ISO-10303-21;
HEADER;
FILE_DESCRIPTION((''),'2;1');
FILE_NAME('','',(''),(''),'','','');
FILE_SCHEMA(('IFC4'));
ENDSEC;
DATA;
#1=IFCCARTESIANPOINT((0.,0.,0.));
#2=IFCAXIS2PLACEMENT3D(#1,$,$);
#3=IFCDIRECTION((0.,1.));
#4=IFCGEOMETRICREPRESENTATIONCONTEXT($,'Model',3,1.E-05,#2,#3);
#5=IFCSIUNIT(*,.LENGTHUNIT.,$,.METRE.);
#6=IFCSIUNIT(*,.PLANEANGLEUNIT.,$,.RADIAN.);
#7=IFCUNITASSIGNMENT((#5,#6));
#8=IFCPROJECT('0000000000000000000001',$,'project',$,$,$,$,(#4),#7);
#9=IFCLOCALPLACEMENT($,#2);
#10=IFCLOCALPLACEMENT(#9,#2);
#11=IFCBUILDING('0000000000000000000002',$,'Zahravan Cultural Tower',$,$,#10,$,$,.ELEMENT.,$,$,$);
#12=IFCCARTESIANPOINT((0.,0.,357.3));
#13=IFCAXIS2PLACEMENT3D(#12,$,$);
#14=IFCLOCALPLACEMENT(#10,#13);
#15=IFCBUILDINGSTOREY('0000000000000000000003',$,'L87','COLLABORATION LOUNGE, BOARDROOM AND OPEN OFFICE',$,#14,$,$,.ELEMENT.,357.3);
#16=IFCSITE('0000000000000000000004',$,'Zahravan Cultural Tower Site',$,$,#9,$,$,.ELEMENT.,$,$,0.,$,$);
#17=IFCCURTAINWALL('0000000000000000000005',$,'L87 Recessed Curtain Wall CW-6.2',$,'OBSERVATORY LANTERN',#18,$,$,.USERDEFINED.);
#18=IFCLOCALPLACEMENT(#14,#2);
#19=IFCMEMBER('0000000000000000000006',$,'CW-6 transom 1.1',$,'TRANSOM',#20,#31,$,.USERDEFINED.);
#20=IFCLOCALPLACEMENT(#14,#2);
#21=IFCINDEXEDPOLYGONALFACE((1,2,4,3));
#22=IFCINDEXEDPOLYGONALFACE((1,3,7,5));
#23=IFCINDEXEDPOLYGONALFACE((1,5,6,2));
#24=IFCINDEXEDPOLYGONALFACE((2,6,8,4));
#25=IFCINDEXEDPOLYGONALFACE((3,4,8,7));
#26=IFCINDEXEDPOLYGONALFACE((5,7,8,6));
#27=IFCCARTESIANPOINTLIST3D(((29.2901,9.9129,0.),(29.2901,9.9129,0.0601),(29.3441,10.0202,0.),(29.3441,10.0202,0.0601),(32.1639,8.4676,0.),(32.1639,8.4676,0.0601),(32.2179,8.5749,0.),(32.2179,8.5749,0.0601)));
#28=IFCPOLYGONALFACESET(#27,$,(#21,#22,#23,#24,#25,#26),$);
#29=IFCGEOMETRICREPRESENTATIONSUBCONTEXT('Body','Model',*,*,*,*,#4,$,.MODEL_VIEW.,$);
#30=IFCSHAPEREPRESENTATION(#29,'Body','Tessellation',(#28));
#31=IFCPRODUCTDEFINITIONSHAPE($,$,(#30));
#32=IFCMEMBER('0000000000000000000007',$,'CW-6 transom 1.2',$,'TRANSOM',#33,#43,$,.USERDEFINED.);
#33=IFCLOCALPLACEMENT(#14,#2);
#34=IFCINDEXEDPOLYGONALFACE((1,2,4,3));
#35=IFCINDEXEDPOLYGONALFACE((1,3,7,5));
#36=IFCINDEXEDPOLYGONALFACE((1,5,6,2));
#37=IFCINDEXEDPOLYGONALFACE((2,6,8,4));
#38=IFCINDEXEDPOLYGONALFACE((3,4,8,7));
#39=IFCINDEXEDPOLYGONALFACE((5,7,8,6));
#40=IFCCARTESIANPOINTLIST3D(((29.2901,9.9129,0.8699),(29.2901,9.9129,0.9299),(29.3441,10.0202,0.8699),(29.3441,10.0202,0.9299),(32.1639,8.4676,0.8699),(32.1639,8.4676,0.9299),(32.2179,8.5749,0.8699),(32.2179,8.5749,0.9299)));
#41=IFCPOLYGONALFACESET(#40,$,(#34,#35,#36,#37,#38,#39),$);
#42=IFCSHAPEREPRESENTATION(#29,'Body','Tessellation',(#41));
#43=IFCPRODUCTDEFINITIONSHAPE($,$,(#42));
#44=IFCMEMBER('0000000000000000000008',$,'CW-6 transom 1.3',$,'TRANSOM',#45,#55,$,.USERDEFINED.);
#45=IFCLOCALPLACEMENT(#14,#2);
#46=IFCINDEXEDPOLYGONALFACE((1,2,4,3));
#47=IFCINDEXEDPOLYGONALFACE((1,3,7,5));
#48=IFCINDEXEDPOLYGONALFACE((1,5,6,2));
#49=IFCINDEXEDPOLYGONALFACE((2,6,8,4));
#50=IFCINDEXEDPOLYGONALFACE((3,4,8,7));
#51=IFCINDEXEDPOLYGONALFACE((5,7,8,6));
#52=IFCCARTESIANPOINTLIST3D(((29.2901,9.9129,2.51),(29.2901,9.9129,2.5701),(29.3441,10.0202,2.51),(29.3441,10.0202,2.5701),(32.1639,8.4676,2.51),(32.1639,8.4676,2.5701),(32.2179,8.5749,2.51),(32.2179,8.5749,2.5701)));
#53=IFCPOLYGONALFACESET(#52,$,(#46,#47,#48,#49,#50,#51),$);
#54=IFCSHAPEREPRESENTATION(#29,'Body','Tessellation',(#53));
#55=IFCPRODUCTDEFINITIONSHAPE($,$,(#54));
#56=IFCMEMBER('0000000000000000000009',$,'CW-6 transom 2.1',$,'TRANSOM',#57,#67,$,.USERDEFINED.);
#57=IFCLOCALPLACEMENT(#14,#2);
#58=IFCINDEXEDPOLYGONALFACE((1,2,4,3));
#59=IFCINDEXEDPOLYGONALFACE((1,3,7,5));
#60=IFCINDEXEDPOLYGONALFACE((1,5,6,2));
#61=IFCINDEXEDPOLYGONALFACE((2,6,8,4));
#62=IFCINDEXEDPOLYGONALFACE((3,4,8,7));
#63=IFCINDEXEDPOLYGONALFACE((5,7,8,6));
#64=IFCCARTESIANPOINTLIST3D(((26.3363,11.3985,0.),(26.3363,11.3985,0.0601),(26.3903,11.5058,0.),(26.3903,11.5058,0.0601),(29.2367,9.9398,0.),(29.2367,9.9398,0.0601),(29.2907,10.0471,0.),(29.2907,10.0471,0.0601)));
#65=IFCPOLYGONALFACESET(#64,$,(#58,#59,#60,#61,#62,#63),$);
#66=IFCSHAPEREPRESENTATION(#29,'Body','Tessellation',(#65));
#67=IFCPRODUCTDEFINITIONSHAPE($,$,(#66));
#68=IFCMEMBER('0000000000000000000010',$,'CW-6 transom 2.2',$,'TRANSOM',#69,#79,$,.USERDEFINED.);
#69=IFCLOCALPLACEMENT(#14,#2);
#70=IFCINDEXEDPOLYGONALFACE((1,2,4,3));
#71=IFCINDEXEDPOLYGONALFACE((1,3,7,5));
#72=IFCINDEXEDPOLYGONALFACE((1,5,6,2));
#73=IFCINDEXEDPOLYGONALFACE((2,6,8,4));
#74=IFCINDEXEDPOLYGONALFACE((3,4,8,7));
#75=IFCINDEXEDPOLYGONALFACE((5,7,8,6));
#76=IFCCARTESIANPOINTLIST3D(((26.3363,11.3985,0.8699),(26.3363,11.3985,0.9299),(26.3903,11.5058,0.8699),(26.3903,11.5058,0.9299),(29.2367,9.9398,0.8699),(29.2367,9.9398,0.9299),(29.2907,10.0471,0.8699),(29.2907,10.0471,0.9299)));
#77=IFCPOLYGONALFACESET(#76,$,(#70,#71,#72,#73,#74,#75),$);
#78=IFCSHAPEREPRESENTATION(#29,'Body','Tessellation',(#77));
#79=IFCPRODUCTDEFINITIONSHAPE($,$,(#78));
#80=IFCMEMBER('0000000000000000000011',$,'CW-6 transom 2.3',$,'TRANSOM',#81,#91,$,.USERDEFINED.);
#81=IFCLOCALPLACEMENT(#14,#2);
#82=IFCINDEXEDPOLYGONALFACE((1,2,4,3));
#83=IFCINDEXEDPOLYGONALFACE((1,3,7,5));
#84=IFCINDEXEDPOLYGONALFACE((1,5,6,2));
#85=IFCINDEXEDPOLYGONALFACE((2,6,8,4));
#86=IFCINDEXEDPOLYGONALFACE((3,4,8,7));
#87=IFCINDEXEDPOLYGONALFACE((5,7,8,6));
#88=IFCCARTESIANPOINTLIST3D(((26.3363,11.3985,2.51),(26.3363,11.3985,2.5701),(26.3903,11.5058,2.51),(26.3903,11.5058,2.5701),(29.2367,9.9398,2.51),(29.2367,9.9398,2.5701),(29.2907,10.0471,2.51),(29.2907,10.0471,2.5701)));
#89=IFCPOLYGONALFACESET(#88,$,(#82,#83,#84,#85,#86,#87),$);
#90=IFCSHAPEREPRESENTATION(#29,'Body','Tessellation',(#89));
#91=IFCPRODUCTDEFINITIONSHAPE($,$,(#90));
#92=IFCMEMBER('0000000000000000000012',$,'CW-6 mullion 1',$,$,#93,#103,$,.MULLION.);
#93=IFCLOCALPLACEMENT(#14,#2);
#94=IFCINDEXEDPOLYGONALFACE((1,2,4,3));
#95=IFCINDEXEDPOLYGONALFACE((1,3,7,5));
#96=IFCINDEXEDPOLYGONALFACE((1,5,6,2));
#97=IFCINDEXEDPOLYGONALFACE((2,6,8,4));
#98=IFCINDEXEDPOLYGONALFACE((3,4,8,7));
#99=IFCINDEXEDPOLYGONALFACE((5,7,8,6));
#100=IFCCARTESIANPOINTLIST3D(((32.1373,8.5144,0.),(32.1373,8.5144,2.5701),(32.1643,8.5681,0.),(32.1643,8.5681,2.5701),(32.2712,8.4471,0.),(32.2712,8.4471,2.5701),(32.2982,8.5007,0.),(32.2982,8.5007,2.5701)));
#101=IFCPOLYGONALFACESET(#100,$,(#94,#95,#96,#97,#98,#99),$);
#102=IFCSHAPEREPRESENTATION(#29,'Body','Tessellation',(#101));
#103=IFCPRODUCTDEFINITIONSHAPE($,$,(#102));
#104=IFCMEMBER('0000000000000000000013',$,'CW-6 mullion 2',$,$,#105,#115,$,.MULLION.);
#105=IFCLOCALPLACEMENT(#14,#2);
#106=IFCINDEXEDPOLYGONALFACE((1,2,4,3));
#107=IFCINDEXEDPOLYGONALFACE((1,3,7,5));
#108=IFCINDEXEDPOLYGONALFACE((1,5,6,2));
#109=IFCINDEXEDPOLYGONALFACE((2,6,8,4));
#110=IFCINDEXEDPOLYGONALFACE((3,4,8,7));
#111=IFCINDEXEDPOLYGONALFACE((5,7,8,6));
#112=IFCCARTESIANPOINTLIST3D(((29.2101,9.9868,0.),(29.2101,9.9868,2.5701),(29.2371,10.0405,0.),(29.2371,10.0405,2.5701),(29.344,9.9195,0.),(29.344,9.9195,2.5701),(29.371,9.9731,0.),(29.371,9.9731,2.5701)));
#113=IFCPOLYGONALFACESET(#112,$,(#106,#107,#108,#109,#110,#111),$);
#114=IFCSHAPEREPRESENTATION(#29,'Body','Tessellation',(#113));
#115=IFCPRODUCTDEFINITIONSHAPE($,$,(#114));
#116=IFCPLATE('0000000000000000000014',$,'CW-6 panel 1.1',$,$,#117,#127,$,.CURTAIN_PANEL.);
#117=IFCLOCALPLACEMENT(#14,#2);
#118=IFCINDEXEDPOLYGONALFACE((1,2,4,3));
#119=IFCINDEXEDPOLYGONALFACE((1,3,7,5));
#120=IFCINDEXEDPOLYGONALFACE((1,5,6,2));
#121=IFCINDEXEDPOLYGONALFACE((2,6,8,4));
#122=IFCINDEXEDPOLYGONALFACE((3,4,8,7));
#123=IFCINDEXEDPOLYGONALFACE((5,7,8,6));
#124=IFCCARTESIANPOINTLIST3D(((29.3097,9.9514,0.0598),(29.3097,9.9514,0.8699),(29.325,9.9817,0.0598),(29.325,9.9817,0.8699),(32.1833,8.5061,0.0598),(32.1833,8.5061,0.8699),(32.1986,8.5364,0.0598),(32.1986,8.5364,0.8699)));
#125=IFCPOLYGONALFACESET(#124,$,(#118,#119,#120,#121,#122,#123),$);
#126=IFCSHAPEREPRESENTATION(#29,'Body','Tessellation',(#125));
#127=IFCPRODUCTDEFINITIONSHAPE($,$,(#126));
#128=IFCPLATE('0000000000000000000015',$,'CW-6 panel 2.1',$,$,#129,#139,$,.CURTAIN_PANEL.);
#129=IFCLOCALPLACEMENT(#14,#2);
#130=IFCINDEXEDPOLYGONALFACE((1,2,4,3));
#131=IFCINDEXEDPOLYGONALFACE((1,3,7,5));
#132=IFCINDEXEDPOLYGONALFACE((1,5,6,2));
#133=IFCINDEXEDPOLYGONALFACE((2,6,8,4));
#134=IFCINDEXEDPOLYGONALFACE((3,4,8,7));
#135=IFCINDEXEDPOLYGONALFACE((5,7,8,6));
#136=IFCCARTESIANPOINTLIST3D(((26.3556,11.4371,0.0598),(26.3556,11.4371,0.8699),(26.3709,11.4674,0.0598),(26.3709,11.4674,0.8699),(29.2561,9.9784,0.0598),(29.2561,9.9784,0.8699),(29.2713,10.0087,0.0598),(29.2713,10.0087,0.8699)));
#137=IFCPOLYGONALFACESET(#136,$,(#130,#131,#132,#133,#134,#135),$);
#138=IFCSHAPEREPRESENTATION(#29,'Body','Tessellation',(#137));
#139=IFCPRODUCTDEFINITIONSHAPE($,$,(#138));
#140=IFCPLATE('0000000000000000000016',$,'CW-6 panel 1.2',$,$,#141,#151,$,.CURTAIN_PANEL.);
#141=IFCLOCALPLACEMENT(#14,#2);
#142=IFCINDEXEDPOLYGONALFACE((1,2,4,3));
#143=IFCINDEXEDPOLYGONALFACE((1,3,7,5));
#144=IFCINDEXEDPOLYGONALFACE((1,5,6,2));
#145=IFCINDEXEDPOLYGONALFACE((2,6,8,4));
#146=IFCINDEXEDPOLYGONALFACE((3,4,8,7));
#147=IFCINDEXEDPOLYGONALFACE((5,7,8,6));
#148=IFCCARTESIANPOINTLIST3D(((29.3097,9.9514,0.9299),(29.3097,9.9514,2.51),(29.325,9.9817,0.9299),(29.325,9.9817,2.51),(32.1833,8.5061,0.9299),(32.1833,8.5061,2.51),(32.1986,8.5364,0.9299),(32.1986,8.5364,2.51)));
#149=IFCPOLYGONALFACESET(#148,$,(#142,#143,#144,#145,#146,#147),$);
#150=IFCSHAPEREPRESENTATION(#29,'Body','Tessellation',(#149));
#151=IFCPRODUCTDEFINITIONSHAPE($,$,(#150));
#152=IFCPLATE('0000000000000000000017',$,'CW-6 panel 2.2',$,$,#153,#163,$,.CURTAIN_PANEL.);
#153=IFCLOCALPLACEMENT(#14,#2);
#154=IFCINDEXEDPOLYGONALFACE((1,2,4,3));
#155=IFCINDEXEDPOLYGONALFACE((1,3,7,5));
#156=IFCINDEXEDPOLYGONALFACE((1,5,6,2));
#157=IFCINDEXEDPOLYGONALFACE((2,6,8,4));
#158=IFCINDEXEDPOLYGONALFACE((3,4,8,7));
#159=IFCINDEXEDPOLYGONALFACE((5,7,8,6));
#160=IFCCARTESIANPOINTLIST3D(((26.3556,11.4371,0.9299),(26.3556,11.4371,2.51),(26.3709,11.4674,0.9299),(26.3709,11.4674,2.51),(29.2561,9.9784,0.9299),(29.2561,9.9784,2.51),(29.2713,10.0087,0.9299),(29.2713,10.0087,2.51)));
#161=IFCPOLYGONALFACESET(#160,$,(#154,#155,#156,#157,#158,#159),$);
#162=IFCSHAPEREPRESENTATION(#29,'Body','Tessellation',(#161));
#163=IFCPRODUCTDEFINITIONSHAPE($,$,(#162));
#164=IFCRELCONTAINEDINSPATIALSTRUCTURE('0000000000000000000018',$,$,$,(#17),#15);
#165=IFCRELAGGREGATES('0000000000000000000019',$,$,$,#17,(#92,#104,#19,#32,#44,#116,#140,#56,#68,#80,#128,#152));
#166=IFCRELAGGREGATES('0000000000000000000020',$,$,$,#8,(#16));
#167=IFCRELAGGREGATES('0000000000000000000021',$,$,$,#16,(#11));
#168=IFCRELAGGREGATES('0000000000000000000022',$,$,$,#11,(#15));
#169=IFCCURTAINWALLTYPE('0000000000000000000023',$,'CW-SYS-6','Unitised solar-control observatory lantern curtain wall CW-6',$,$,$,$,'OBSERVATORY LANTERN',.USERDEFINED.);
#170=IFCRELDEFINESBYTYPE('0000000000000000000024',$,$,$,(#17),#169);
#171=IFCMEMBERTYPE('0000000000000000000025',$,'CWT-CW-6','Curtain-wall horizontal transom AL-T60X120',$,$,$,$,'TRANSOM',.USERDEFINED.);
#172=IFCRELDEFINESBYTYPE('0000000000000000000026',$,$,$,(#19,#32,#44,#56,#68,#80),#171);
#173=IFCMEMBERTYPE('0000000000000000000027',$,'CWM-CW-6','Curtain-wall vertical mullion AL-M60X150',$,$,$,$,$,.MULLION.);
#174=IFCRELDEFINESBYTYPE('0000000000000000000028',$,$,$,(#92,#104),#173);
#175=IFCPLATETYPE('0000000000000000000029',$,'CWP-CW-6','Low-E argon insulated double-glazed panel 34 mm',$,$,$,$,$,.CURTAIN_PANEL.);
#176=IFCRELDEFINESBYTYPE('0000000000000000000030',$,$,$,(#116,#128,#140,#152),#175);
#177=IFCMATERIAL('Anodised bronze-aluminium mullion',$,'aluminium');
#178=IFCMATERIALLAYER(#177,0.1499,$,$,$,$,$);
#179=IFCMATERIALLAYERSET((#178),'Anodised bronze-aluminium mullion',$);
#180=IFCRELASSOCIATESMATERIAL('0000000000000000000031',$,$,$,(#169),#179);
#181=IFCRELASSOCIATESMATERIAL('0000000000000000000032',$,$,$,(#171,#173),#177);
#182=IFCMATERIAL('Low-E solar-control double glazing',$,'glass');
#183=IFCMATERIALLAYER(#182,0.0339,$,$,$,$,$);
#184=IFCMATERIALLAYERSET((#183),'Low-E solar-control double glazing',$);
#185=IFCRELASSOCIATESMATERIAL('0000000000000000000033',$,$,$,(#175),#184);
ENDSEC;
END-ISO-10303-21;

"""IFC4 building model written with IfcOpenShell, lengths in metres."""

from ifc_helpers import new_model, si_unit, direction, frame, origin, origin_2d, place, context, subcontext, project, spatial, rectangle, extrude, source, transform, mapped, material, layer, layer_set, material_profile, profile_set, type_object, element, aggregate, save


model = new_model("IFC4")

# Units and contexts
model_context = context("Model", 3, precision=1e-05, world=origin(), true_north=direction((0.0, 1.0)))
body_context = subcontext(model_context, "Body", "Model", "MODEL_VIEW")
ifc_project = project(units=[si_unit("LENGTHUNIT", "METRE"), si_unit("PLANEANGLEUNIT", "RADIAN")], contexts=[model_context])

# Site, building, storey
site_placement = place(None, origin())
site = spatial("IfcSite", under=ifc_project, at=site_placement, Name="Zahravan Cultural Tower Site", CompositionType="ELEMENT", RefElevation=0.0)
building_placement = place(site_placement, origin())
building = spatial("IfcBuilding", under=site, at=building_placement, Name="Zahravan Cultural Tower", CompositionType="ELEMENT")
storey_placement = place(building_placement, frame((0.0, 0.0, 357.3)))
storey = spatial("IfcBuildingStorey", under=building, at=storey_placement, Name="L87", Description="COLLABORATION LOUNGE, BOARDROOM AND OPEN OFFICE", CompositionType="ELEMENT", Elevation=357.3)

# Curtain wall, members, plates
ifc_material_1 = material(Name="Anodised bronze-aluminium mullion", Category="aluminium")
ifc_layer_1 = layer(ifc_material_1, 0.1499)
ifc_layer_set_1 = layer_set([ifc_layer_1], Name="Anodised bronze-aluminium mullion")
curtain_wall_type = type_object("IfcCurtainWallType", Name="CW-SYS-6", Description="Unitised solar-control observatory lantern curtain wall CW-6", ElementType="OBSERVATORY LANTERN", PredefinedType="USERDEFINED", material=ifc_layer_set_1)
curtain_wall_placement = place(storey_placement, origin())
curtain_wall = element("IfcCurtainWall", 1, at=curtain_wall_placement, inside=storey, type_object=curtain_wall_type, Name="L87 Recessed Curtain Wall CW-6.2", ObjectType="OBSERVATORY LANTERN", PredefinedType="USERDEFINED")
ifc_material_profile_1 = material_profile(ifc_material_1, rectangle(XDim=0.1201, YDim=0.0601, at=origin_2d()), Name="AL-T60X120")
ifc_profile_set_1 = profile_set([ifc_material_profile_1], Name="Anodised bronze-aluminium mullion")
member_type_1 = type_object("IfcMemberType", Name="CWT-CW-6", Description="Curtain-wall horizontal transom AL-T60X120", ElementType="TRANSOM", PredefinedType="USERDEFINED", material=ifc_profile_set_1)
shared_shape_1 = source(origin(), body_context, "Body", "SweptSolid", [
    extrude(rectangle(XDim=0.1201, YDim=0.0601, at=origin_2d()), origin(), (0.0, 0.0, 1.0), 3.2168),
])
member_1_placement = place(storey_placement, frame((32.1909, 8.5212, 0.03), z_axis=(-0.893377, 0.449307, 0.0), x_axis=(-0.449307, -0.893377, 0.0)))
member_1 = element("IfcMember", 2, at=member_1_placement, type_object=member_type_1, Name="CW-6 transom 1.1", ObjectType="TRANSOM", PredefinedType="USERDEFINED", context=body_context, shape_type="MappedRepresentation", body=[
    mapped(shared_shape_1, transform((0.0, 0.0, 0.0), x_axis=(1.0, 0.0, 0.0), y_axis=(0.0, 1.0, 0.0), z_axis=(0.0, 0.0, 1.0), scale=1.0)),
])
member_2_placement = place(storey_placement, frame((32.1909, 8.5212, 0.8999), z_axis=(-0.893377, 0.449307, 0.0), x_axis=(-0.449307, -0.893377, 0.0)))
member_2 = element("IfcMember", 3, at=member_2_placement, type_object=member_type_1, Name="CW-6 transom 1.2", ObjectType="TRANSOM", PredefinedType="USERDEFINED", context=body_context, shape_type="MappedRepresentation", body=[
    mapped(shared_shape_1, transform((0.0, 0.0, 0.0), x_axis=(1.0, 0.0, 0.0), y_axis=(0.0, 1.0, 0.0), z_axis=(0.0, 0.0, 1.0), scale=1.0)),
])
member_3_placement = place(storey_placement, frame((32.1909, 8.5212, 2.54), z_axis=(-0.893377, 0.449307, 0.0), x_axis=(-0.449307, -0.893377, 0.0)))
member_3 = element("IfcMember", 4, at=member_3_placement, type_object=member_type_1, Name="CW-6 transom 1.3", ObjectType="TRANSOM", PredefinedType="USERDEFINED", context=body_context, shape_type="MappedRepresentation", body=[
    mapped(shared_shape_1, transform((0.0, 0.0, 0.0), x_axis=(1.0, 0.0, 0.0), y_axis=(0.0, 1.0, 0.0), z_axis=(0.0, 0.0, 1.0), scale=1.0)),
])
shared_shape_2 = source(origin(), body_context, "Body", "SweptSolid", [
    extrude(rectangle(XDim=0.1201, YDim=0.0601, at=origin_2d()), origin(), (0.0, 0.0, 1.0), 3.2466),
])
member_4_placement = place(storey_placement, frame((29.2637, 9.9934, 0.03), z_axis=(-0.893372, 0.449318, 0.0), x_axis=(-0.449318, -0.893372, 0.0)))
member_4 = element("IfcMember", 5, at=member_4_placement, type_object=member_type_1, Name="CW-6 transom 2.1", ObjectType="TRANSOM", PredefinedType="USERDEFINED", context=body_context, shape_type="MappedRepresentation", body=[
    mapped(shared_shape_2, transform((0.0, 0.0, 0.0), x_axis=(1.0, 0.0, 0.0), y_axis=(0.0, 1.0, 0.0), z_axis=(0.0, 0.0, 1.0), scale=1.0)),
])
member_5_placement = place(storey_placement, frame((29.2637, 9.9934, 0.8999), z_axis=(-0.893372, 0.449318, 0.0), x_axis=(-0.449318, -0.893372, 0.0)))
member_5 = element("IfcMember", 6, at=member_5_placement, type_object=member_type_1, Name="CW-6 transom 2.2", ObjectType="TRANSOM", PredefinedType="USERDEFINED", context=body_context, shape_type="MappedRepresentation", body=[
    mapped(shared_shape_2, transform((0.0, 0.0, 0.0), x_axis=(1.0, 0.0, 0.0), y_axis=(0.0, 1.0, 0.0), z_axis=(0.0, 0.0, 1.0), scale=1.0)),
])
member_6_placement = place(storey_placement, frame((29.2637, 9.9934, 2.54), z_axis=(-0.893372, 0.449318, 0.0), x_axis=(-0.449318, -0.893372, 0.0)))
member_6 = element("IfcMember", 7, at=member_6_placement, type_object=member_type_1, Name="CW-6 transom 2.3", ObjectType="TRANSOM", PredefinedType="USERDEFINED", context=body_context, shape_type="MappedRepresentation", body=[
    mapped(shared_shape_2, transform((0.0, 0.0, 0.0), x_axis=(1.0, 0.0, 0.0), y_axis=(0.0, 1.0, 0.0), z_axis=(0.0, 0.0, 1.0), scale=1.0)),
])
ifc_material_profile_2 = material_profile(ifc_material_1, rectangle(XDim=0.0601, YDim=0.1499, at=origin_2d()), Name="AL-M60X150")
ifc_profile_set_2 = profile_set([ifc_material_profile_2], Name="Anodised bronze-aluminium mullion")
member_type_2 = type_object("IfcMemberType", Name="CWM-CW-6", Description="Curtain-wall vertical mullion AL-M60X150", PredefinedType="MULLION", material=ifc_profile_set_2)
shared_shape_3 = source(origin(), body_context, "Body", "SweptSolid", [
    extrude(rectangle(XDim=0.0601, YDim=0.1499, at=origin_2d()), origin(), (0.0, 0.0, 1.0), 2.5701),
])
member_7_placement = place(storey_placement, frame((32.2178, 8.5076, 0.0), z_axis=(0.0, 0.0, 1.0), x_axis=(-0.449317, -0.893372, 0.0)))
member_7 = element("IfcMember", 8, at=member_7_placement, type_object=member_type_2, Name="CW-6 mullion 1", PredefinedType="MULLION", context=body_context, shape_type="MappedRepresentation", body=[
    mapped(shared_shape_3, transform((0.0, 0.0, 0.0), x_axis=(1.0, 0.0, 0.0), y_axis=(0.0, 1.0, 0.0), z_axis=(0.0, 0.0, 1.0), scale=1.0)),
])
member_8_placement = place(storey_placement, frame((29.2905, 9.98, 0.0), z_axis=(0.0, 0.0, 1.0), x_axis=(-0.449317, -0.893372, 0.0)))
member_8 = element("IfcMember", 9, at=member_8_placement, type_object=member_type_2, Name="CW-6 mullion 2", PredefinedType="MULLION", context=body_context, shape_type="MappedRepresentation", body=[
    mapped(shared_shape_3, transform((0.0, 0.0, 0.0), x_axis=(1.0, 0.0, 0.0), y_axis=(0.0, 1.0, 0.0), z_axis=(0.0, 0.0, 1.0), scale=1.0)),
])
ifc_material_2 = material(Name="Low-E solar-control double glazing", Category="glass")
ifc_layer_2 = layer(ifc_material_2, 0.0339)
ifc_layer_set_2 = layer_set([ifc_layer_2], Name="Low-E solar-control double glazing")
plate_type = type_object("IfcPlateType", Name="CWP-CW-6", Description="Low-E argon insulated double-glazed panel 34 mm", PredefinedType="CURTAIN_PANEL", material=ifc_layer_set_2)
shared_shape_4 = source(origin(), body_context, "Body", "SweptSolid", [
    extrude(rectangle(XDim=3.2166, YDim=0.0339, at=origin_2d()), origin(), (0.0, 0.0, 1.0), 0.8101),
])
plate_1_placement = place(storey_placement, frame((30.7542, 9.2439, 0.0598), z_axis=(0.0, 0.0, 1.0), x_axis=(-0.893372, 0.449317, 0.0)))
plate_1 = element("IfcPlate", 10, at=plate_1_placement, type_object=plate_type, Name="CW-6 panel 1.1", PredefinedType="CURTAIN_PANEL", context=body_context, shape_type="MappedRepresentation", body=[
    mapped(shared_shape_4, transform((0.0, 0.0, 0.0), x_axis=(1.0, 0.0, 0.0), y_axis=(0.0, 1.0, 0.0), z_axis=(0.0, 0.0, 1.0), scale=1.0)),
])
shared_shape_5 = source(origin(), body_context, "Body", "SweptSolid", [
    extrude(rectangle(XDim=3.2466, YDim=0.0339, at=origin_2d()), origin(), (0.0, 0.0, 1.0), 0.8101),
])
plate_2_placement = place(storey_placement, frame((27.8135, 10.7229, 0.0598), z_axis=(0.0, 0.0, 1.0), x_axis=(-0.893372, 0.449317, 0.0)))
plate_2 = element("IfcPlate", 11, at=plate_2_placement, type_object=plate_type, Name="CW-6 panel 2.1", PredefinedType="CURTAIN_PANEL", context=body_context, shape_type="MappedRepresentation", body=[
    mapped(shared_shape_5, transform((0.0, 0.0, 0.0), x_axis=(1.0, 0.0, 0.0), y_axis=(0.0, 1.0, 0.0), z_axis=(0.0, 0.0, 1.0), scale=1.0)),
])
shared_shape_6 = source(origin(), body_context, "Body", "SweptSolid", [
    extrude(rectangle(XDim=3.2166, YDim=0.0339, at=origin_2d()), origin(), (0.0, 0.0, 1.0), 1.5801),
])
plate_3_placement = place(storey_placement, frame((30.7542, 9.2439, 0.9299), z_axis=(0.0, 0.0, 1.0), x_axis=(-0.893372, 0.449317, 0.0)))
plate_3 = element("IfcPlate", 12, at=plate_3_placement, type_object=plate_type, Name="CW-6 panel 1.2", PredefinedType="CURTAIN_PANEL", context=body_context, shape_type="MappedRepresentation", body=[
    mapped(shared_shape_6, transform((0.0, 0.0, 0.0), x_axis=(1.0, 0.0, 0.0), y_axis=(0.0, 1.0, 0.0), z_axis=(0.0, 0.0, 1.0), scale=1.0)),
])
shared_shape_7 = source(origin(), body_context, "Body", "SweptSolid", [
    extrude(rectangle(XDim=3.2466, YDim=0.0339, at=origin_2d()), origin(), (0.0, 0.0, 1.0), 1.5801),
])
plate_4_placement = place(storey_placement, frame((27.8135, 10.7229, 0.9299), z_axis=(0.0, 0.0, 1.0), x_axis=(-0.893372, 0.449317, 0.0)))
plate_4 = element("IfcPlate", 13, at=plate_4_placement, type_object=plate_type, Name="CW-6 panel 2.2", PredefinedType="CURTAIN_PANEL", context=body_context, shape_type="MappedRepresentation", body=[
    mapped(shared_shape_7, transform((0.0, 0.0, 0.0), x_axis=(1.0, 0.0, 0.0), y_axis=(0.0, 1.0, 0.0), z_axis=(0.0, 0.0, 1.0), scale=1.0)),
])
aggregate(curtain_wall, [member_7, member_8, member_1, member_2, member_3, plate_1, plate_3, member_4, member_5, member_6, plate_2, plate_4])

save(model, "model.ifc")
